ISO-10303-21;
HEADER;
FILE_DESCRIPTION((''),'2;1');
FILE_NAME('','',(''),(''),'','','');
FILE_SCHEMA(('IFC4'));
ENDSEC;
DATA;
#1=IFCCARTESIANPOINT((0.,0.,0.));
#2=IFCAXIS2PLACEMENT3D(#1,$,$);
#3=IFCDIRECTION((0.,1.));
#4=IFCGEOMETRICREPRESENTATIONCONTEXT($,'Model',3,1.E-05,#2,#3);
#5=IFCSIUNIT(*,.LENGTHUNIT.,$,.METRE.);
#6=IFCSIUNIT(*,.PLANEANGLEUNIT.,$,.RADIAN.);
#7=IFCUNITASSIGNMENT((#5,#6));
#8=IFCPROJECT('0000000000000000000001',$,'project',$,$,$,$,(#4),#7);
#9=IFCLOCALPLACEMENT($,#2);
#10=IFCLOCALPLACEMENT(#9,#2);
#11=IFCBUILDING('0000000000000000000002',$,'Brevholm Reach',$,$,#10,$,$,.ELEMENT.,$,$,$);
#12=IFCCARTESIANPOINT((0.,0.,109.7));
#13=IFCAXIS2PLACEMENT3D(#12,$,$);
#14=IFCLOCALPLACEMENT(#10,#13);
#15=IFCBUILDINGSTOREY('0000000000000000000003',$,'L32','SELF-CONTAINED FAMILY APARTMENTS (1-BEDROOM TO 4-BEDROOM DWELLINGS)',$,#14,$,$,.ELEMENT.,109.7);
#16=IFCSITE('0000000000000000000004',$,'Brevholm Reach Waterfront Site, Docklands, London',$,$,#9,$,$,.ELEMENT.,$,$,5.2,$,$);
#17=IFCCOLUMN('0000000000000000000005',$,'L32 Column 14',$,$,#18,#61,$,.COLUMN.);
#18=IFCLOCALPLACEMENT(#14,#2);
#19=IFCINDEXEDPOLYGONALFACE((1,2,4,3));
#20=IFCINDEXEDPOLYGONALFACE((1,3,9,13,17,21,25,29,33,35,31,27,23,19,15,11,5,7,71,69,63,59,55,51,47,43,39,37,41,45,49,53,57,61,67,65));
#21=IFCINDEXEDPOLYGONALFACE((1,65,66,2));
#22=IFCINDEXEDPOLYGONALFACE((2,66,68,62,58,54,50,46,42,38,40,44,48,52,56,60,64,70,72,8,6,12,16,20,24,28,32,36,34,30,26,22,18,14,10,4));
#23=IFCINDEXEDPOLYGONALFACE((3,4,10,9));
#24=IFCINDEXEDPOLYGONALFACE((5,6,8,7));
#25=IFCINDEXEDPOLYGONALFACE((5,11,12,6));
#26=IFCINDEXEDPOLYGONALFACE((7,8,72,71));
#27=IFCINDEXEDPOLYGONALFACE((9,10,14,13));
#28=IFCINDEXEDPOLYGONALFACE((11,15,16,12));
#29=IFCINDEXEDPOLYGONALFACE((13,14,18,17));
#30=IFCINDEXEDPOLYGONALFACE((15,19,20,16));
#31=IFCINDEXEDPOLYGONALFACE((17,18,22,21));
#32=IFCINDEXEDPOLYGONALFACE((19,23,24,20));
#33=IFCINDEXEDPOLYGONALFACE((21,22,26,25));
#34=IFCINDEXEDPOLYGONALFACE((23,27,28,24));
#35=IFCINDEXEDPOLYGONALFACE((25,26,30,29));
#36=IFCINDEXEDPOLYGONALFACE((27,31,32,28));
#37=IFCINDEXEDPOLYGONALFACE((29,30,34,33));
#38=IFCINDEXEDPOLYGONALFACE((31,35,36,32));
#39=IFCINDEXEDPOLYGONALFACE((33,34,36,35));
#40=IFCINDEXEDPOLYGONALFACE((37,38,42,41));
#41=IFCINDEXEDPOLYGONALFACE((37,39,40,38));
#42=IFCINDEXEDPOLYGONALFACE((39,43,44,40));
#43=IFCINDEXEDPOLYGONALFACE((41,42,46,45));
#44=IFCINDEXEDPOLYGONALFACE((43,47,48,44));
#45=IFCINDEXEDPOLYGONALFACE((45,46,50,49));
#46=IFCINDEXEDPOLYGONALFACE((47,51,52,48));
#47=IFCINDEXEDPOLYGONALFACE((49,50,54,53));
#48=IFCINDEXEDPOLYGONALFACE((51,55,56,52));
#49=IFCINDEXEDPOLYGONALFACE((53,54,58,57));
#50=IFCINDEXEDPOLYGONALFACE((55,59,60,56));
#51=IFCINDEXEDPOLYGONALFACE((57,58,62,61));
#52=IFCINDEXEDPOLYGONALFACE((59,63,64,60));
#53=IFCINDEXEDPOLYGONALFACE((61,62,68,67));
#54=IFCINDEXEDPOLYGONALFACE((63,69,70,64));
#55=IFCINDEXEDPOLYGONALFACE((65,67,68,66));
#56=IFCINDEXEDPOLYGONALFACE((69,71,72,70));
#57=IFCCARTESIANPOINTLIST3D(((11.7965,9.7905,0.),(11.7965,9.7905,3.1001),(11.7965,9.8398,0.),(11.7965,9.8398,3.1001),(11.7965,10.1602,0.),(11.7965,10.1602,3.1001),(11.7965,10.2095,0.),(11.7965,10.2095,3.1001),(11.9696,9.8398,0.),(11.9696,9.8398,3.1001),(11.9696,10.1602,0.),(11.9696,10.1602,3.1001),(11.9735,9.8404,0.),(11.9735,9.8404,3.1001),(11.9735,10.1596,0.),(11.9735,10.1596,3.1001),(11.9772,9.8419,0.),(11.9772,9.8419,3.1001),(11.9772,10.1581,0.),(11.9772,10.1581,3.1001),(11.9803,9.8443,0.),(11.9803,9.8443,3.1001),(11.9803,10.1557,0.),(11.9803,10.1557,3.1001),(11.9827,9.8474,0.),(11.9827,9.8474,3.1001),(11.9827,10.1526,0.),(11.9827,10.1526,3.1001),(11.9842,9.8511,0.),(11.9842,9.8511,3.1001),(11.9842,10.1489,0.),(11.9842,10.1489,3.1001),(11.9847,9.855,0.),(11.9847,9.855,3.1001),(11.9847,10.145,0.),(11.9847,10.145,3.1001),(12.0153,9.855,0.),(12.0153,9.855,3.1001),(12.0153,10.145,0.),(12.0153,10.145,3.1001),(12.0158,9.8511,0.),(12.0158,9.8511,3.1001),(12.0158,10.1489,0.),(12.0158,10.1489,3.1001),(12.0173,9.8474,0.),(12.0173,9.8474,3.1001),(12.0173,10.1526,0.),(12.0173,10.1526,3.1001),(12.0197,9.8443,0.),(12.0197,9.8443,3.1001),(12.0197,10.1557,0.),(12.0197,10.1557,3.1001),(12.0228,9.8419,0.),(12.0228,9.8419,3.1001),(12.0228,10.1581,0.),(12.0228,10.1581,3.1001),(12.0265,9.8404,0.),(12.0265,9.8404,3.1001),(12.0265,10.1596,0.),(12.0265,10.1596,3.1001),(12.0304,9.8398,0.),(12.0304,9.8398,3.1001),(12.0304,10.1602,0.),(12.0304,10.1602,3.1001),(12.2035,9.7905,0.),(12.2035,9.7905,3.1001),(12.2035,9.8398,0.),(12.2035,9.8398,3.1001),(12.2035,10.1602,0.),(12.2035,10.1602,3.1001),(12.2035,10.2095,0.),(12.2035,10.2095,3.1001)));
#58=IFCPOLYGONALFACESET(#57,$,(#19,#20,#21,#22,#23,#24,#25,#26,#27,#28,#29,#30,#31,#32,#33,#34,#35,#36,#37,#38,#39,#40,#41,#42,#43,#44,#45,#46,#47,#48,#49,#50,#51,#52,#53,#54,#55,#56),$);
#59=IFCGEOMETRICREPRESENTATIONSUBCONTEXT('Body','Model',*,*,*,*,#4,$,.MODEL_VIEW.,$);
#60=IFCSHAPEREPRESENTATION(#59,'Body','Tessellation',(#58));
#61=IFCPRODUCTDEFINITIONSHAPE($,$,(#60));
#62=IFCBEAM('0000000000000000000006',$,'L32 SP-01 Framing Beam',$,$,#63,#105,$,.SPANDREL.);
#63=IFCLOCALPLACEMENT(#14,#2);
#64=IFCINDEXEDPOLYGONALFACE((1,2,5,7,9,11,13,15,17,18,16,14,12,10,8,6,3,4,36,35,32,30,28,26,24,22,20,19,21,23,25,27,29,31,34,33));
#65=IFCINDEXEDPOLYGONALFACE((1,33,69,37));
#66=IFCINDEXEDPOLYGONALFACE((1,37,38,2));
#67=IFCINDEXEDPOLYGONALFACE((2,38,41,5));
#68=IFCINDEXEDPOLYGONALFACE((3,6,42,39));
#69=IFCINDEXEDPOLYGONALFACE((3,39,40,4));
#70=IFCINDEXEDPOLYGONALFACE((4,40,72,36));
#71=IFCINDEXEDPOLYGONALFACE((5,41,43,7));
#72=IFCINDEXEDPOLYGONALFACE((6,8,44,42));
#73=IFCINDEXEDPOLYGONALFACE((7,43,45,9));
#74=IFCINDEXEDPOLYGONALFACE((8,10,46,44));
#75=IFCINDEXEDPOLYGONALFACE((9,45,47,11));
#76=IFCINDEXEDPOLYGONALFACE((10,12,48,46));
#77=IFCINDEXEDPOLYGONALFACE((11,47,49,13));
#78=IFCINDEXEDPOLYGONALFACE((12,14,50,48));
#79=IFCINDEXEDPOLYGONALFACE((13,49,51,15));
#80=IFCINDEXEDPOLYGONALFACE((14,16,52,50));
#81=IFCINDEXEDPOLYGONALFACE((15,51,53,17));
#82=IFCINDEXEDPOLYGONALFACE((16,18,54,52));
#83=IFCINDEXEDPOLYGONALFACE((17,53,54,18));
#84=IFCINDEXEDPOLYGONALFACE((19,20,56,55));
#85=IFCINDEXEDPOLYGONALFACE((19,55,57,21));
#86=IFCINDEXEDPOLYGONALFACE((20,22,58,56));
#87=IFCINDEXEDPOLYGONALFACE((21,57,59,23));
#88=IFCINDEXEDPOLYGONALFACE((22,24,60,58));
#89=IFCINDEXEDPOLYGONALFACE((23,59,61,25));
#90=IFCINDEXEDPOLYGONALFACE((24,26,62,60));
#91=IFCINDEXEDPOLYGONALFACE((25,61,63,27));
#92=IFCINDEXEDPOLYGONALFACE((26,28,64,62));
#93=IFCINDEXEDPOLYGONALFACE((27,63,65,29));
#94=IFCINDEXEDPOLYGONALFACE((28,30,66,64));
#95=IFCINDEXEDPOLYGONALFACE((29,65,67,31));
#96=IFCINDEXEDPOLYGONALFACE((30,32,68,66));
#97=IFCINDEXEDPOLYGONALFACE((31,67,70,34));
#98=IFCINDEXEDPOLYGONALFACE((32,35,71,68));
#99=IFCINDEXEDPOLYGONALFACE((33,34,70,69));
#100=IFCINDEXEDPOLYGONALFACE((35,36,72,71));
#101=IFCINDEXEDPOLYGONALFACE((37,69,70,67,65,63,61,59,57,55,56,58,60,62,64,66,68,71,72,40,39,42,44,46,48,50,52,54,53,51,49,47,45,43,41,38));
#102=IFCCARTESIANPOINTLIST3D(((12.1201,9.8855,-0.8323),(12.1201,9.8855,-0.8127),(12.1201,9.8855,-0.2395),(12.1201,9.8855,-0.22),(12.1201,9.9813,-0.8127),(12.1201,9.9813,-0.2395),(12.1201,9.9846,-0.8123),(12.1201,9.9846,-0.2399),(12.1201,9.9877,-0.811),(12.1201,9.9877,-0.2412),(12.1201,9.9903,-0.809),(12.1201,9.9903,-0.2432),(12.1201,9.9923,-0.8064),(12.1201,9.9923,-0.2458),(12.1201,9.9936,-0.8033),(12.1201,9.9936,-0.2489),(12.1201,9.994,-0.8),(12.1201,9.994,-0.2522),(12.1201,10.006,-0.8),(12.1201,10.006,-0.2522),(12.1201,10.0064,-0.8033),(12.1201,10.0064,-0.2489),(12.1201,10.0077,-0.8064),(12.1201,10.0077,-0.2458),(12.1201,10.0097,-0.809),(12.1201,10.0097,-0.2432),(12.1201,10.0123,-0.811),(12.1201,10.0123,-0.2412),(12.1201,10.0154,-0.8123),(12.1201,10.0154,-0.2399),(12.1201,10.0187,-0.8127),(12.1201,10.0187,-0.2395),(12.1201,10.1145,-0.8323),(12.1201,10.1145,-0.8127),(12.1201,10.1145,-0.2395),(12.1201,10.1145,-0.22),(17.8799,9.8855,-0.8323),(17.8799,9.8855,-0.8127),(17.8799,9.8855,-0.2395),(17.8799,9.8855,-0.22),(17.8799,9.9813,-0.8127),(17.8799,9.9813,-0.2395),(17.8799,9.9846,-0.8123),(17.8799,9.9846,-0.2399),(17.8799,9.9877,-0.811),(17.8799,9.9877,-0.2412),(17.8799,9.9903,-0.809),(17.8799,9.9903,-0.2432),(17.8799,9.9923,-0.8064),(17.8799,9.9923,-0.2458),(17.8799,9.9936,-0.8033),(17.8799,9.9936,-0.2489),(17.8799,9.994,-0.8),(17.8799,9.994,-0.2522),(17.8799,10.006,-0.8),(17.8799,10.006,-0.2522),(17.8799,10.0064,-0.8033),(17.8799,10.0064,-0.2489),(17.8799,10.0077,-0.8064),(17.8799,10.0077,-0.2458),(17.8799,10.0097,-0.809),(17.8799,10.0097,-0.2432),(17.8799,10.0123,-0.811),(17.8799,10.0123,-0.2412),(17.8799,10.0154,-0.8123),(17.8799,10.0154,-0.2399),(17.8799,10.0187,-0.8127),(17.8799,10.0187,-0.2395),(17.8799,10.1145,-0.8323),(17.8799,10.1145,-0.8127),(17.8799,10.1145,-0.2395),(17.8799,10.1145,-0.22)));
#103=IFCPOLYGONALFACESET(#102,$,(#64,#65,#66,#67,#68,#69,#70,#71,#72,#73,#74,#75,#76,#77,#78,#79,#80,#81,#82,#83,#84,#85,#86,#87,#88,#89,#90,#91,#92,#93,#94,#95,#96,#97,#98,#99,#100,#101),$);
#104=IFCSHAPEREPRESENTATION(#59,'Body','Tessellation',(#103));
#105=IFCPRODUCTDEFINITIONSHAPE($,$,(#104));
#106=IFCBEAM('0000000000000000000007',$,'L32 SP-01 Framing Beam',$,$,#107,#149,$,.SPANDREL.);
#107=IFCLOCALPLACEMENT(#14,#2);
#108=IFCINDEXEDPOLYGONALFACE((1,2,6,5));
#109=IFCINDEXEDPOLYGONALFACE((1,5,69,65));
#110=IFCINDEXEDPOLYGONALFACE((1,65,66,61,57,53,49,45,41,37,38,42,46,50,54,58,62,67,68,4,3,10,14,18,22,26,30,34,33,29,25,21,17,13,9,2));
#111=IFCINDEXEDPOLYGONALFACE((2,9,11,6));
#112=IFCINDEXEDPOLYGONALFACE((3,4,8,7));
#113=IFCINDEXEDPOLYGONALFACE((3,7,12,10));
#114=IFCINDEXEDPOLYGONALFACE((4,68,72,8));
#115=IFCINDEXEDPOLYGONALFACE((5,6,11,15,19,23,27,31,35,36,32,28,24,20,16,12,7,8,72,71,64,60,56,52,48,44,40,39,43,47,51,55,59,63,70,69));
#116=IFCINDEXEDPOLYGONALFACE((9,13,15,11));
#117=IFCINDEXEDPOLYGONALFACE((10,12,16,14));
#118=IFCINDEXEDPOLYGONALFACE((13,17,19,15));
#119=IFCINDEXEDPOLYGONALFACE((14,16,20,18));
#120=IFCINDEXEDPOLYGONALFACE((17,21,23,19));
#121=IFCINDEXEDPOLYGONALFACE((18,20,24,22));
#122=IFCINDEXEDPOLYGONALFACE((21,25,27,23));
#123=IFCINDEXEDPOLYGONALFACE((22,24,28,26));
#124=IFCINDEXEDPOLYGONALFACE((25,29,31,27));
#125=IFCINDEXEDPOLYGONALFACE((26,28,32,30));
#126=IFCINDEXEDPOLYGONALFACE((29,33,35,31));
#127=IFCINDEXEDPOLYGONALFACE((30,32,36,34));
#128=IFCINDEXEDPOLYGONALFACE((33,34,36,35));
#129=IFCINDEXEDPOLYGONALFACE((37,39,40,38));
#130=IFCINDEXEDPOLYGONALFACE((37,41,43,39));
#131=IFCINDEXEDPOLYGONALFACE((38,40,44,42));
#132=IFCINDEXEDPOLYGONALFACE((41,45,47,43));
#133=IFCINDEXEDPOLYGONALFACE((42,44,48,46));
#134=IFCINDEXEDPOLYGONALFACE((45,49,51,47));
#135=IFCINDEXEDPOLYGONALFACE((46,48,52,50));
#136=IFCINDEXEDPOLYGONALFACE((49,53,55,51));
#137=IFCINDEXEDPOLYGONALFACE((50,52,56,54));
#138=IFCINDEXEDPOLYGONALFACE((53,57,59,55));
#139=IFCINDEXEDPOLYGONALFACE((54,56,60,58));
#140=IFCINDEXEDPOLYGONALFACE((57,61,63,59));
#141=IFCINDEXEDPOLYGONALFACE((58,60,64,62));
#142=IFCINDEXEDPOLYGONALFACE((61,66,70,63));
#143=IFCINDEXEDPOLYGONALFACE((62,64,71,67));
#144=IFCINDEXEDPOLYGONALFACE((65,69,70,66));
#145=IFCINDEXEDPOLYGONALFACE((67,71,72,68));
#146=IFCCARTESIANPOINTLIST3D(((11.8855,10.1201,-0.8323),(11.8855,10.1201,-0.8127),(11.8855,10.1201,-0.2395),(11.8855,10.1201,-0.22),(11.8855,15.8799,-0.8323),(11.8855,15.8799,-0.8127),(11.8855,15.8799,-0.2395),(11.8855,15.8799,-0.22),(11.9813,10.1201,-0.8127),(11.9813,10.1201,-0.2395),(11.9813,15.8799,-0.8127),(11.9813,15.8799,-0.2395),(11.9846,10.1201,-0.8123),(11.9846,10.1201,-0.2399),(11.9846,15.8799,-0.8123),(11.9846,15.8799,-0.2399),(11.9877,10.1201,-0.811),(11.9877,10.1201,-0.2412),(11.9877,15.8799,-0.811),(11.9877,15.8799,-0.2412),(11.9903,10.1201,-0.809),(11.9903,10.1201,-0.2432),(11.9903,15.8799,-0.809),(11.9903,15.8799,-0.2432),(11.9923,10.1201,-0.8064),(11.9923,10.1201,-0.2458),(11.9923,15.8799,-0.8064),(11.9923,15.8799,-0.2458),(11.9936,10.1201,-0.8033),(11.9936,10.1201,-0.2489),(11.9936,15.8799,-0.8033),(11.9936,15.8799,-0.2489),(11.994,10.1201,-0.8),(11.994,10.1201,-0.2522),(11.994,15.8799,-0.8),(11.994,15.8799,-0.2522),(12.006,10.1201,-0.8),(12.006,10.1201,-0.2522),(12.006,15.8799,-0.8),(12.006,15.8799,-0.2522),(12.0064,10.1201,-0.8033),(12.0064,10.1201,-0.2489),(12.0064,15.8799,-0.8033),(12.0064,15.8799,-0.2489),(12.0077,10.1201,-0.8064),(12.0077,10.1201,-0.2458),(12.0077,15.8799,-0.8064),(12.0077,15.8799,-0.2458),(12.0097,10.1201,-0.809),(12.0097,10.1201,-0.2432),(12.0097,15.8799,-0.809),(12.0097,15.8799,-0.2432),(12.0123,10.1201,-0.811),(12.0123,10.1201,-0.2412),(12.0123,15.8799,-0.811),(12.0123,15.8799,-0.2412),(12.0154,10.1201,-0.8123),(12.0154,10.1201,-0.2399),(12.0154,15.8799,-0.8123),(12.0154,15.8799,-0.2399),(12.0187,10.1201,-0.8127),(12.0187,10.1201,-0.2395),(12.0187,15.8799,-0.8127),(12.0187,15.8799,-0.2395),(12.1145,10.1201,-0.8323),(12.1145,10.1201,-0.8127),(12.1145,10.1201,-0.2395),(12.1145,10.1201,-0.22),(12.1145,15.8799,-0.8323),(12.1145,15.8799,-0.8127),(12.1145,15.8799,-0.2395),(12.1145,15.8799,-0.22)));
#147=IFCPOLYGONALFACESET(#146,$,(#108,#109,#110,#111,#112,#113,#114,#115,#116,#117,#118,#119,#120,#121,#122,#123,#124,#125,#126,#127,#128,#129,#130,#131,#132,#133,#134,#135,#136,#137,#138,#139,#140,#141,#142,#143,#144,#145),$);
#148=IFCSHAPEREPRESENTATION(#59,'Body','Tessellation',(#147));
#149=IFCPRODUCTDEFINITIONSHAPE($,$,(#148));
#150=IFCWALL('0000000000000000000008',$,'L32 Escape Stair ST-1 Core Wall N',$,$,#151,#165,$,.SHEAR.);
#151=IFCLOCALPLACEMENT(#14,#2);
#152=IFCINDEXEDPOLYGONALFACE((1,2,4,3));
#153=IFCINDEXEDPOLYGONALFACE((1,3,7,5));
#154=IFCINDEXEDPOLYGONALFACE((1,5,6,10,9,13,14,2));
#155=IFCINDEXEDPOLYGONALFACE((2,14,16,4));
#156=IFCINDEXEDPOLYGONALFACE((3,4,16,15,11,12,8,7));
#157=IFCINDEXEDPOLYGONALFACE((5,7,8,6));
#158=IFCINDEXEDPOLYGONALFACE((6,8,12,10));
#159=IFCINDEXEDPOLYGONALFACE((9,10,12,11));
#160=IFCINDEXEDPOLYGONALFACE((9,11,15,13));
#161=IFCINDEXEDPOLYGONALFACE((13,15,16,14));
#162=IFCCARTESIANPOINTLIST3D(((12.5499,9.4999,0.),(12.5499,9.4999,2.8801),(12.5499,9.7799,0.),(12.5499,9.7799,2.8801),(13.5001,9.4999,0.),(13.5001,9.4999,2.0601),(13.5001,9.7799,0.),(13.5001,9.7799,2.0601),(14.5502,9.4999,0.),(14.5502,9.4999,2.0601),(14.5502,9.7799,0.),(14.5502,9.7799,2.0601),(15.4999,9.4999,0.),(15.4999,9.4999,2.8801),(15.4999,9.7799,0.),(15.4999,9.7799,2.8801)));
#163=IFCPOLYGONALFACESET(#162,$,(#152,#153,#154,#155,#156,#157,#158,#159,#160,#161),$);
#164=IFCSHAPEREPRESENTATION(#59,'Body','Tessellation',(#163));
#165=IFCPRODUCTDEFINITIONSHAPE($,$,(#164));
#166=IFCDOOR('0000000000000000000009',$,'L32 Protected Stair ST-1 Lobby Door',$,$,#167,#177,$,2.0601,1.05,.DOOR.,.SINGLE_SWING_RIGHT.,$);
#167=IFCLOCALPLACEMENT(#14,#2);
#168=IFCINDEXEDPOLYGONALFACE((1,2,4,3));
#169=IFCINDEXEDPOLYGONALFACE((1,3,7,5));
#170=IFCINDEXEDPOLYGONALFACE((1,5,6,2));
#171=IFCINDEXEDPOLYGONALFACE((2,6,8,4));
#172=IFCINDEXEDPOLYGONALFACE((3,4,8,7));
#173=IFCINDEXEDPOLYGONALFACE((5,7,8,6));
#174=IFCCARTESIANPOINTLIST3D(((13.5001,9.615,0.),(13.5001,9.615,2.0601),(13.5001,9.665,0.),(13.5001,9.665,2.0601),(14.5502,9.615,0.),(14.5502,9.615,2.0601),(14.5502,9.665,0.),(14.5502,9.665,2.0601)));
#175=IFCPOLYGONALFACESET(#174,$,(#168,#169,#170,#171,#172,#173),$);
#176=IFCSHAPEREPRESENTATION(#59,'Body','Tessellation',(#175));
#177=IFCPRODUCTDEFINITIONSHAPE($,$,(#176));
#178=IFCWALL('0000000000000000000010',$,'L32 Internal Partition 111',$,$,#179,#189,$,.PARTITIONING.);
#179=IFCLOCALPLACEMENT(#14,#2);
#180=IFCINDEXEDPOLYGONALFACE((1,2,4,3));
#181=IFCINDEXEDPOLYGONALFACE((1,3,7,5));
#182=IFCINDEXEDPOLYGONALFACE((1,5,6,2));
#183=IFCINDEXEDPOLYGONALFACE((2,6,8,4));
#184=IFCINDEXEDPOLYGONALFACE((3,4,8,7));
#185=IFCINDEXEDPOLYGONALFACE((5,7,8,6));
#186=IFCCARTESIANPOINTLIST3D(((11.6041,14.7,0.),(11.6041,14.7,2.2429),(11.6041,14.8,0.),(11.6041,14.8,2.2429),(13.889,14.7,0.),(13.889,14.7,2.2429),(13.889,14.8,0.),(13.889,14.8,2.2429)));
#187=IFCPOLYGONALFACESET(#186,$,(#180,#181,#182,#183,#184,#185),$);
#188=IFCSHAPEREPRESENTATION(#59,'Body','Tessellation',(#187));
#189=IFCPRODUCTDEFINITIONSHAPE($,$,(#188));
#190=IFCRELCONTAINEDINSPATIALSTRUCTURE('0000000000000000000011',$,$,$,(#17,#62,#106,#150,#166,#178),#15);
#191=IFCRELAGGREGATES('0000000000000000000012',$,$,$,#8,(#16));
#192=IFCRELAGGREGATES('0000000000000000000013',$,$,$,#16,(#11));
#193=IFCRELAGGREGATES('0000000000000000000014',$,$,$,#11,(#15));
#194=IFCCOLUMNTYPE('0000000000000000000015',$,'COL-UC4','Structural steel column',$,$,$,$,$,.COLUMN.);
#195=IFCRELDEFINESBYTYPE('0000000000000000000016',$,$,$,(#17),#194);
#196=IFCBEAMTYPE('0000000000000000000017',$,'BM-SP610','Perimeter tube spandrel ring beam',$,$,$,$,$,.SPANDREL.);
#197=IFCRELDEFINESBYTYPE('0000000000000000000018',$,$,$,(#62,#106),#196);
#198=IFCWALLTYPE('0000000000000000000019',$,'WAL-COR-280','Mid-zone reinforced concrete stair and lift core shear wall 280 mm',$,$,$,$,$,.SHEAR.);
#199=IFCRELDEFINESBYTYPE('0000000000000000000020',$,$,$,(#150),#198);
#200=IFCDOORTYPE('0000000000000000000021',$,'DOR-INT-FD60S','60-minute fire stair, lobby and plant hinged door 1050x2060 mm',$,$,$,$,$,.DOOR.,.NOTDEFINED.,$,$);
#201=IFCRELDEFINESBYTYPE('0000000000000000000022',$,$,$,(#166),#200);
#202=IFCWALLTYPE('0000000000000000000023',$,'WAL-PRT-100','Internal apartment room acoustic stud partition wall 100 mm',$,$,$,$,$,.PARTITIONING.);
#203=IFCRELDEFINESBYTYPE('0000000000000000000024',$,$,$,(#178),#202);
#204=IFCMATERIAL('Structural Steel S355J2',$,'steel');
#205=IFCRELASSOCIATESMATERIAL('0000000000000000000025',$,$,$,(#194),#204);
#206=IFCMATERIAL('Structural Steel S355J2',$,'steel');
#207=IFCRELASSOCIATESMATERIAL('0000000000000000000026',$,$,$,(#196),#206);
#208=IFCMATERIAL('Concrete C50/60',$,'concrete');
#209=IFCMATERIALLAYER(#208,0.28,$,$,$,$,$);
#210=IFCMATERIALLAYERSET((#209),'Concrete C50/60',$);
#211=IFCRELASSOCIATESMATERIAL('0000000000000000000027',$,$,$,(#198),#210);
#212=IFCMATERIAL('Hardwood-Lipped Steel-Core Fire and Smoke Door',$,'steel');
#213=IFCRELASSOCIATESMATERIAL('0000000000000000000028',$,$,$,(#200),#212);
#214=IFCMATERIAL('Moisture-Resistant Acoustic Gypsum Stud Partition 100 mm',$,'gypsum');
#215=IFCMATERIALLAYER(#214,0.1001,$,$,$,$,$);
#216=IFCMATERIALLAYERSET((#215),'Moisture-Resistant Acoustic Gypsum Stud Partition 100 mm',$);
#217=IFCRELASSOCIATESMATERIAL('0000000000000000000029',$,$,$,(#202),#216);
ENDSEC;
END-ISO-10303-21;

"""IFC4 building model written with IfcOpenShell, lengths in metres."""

from ifc_helpers import new_model, si_unit, direction, frame, frame_2d, origin, origin_2d, place, context, subcontext, project, spatial, rectangle, i_section, extrude, material, layer, layer_set, material_profile, profile_set, type_object, element, fill, save


model = new_model("IFC4")

# Units and contexts
model_context = context("Model", 3, precision=1e-05, world=origin(), true_north=direction((0.0, 1.0)))
body_context = subcontext(model_context, "Body", "Model", "MODEL_VIEW")
ifc_project = project(units=[si_unit("LENGTHUNIT", "METRE"), si_unit("PLANEANGLEUNIT", "RADIAN")], contexts=[model_context])

# Site, building, storey
site_placement = place(None, origin())
site = spatial("IfcSite", under=ifc_project, at=site_placement, Name="Brevholm Reach Waterfront Site, Docklands, London", CompositionType="ELEMENT", RefElevation=5.2)
building_placement = place(site_placement, origin())
building = spatial("IfcBuilding", under=site, at=building_placement, Name="Brevholm Reach", CompositionType="ELEMENT")
storey_placement = place(building_placement, frame((0.0, 0.0, 109.7)))
storey = spatial("IfcBuildingStorey", under=building, at=storey_placement, Name="L32", Description="SELF-CONTAINED FAMILY APARTMENTS (1-BEDROOM TO 4-BEDROOM DWELLINGS)", CompositionType="ELEMENT", Elevation=109.7)

# Column
ifc_material_1 = material(Name="Structural Steel S355J2", Category="steel")
ifc_material_profile_1 = material_profile(ifc_material_1, i_section(OverallWidth=0.407, OverallDepth=0.4189, WebThickness=0.0305, FlangeThickness=0.0493, FilletRadius=0.0151, at=origin_2d()), Name="UKC 356x406x393")
ifc_profile_set_1 = profile_set([ifc_material_profile_1], Name="Structural Steel S355J2")
column_type = type_object("IfcColumnType", Name="COL-UC4", Description="Structural steel column", PredefinedType="COLUMN", material=ifc_profile_set_1)
column_placement = place(storey_placement, frame((12.0, 10.0, 0.0), z_axis=(0.0, 0.0, 1.0), x_axis=(1.0, 0.0, 0.0)))
element("IfcColumn", 1, at=column_placement, inside=storey, type_object=column_type, Name="L32 Column 14", PredefinedType="COLUMN", context=body_context, shape_type="SweptSolid", body=[
    extrude(i_section(OverallWidth=0.407, OverallDepth=0.4189, WebThickness=0.0305, FlangeThickness=0.0493, FilletRadius=0.0151, at=origin_2d()), origin(), (0.0, 0.0, 1.0), 3.1001),
])

# Beams
ifc_material_2 = material(Name="Structural Steel S355J2", Category="steel")
ifc_material_profile_2 = material_profile(ifc_material_2, i_section(OverallWidth=0.229, OverallDepth=0.6123, WebThickness=0.012, FlangeThickness=0.0195, FilletRadius=0.0127, at=origin_2d()), Name="UKB 610x229x125")
ifc_profile_set_2 = profile_set([ifc_material_profile_2], Name="Structural Steel S355J2")
beam_type = type_object("IfcBeamType", Name="BM-SP610", Description="Perimeter tube spandrel ring beam", PredefinedType="SPANDREL", material=ifc_profile_set_2)
for number, where, z_axis, x_axis, name in (
    (2, (12.1201, 10.0, -0.5261), (1.0, 0.0, 0.0), (0.0, 1.0, 0.0), "L32 SP-01 Framing Beam"),
    (3, (12.0, 10.1201, -0.5261), (0.0, 1.0, 0.0), (-1.0, 0.0, 0.0), "L32 SP-01 Framing Beam"),
):
    element("IfcBeam", number, at=place(storey_placement, frame(where, z_axis=z_axis, x_axis=x_axis)), inside=storey, type_object=beam_type, Name=name, PredefinedType="SPANDREL", context=body_context, shape_type="SweptSolid", body=[
        extrude(i_section(OverallWidth=0.229, OverallDepth=0.6123, WebThickness=0.012, FlangeThickness=0.0195, FilletRadius=0.0127, at=origin_2d()), origin(), (0.0, 0.0, 1.0), 5.7598),
    ])

# Wall, opening, door
ifc_material_3 = material(Name="Concrete C50/60", Category="concrete")
ifc_layer_1 = layer(ifc_material_3, 0.28)
ifc_layer_set_1 = layer_set([ifc_layer_1], Name="Concrete C50/60")
wall_type_1 = type_object("IfcWallType", Name="WAL-COR-280", Description="Mid-zone reinforced concrete stair and lift core shear wall 280 mm", PredefinedType="SHEAR", material=ifc_layer_set_1)
wall_1_placement = place(storey_placement, frame((15.5, 9.6399, 0.0), z_axis=(0.0, 0.0, 1.0), x_axis=(-1.0, 0.0, 0.0)))
wall_1 = element("IfcWall", 4, at=wall_1_placement, inside=storey, type_object=wall_type_1, Name="L32 Escape Stair ST-1 Core Wall N", PredefinedType="SHEAR", context=body_context, shape_type="SweptSolid", body=[
    extrude(rectangle(XDim=2.95, YDim=0.28, at=frame_2d((1.4751, 0.0))), origin(), (0.0, 0.0, 1.0), 2.8801),
])
opening_1_placement = place(wall_1_placement, frame((0.95, 0.0, 0.0)))
opening_1 = element("IfcOpeningElement", 5, at=opening_1_placement, cuts=wall_1, PredefinedType="OPENING", context=body_context, shape_type="SweptSolid", body=[
    extrude(rectangle(XDim=1.05, YDim=2.0601, at=frame_2d((0.5249, 1.03))), frame((0.0, 0.1499, 0.0), z_axis=(0.0, -1.0, 0.0), x_axis=(1.0, 0.0, 0.0)), (0.0, 0.0, 1.0), 0.3),
])
ifc_material_4 = material(Name="Hardwood-Lipped Steel-Core Fire and Smoke Door", Category="steel")
door_type_1 = type_object("IfcDoorType", Name="DOR-INT-FD60S", Description="60-minute fire stair, lobby and plant hinged door 1050x2060 mm", OperationType="NOTDEFINED", PredefinedType="DOOR", material=ifc_material_4)
door_1_placement = place(opening_1_placement, origin())
door_1 = element("IfcDoor", 6, at=door_1_placement, inside=storey, type_object=door_type_1, Name="L32 Protected Stair ST-1 Lobby Door", OperationType="SINGLE_SWING_RIGHT", OverallHeight=2.0601, OverallWidth=1.05, PredefinedType="DOOR", context=body_context, shape_type="SweptSolid", body=[
    extrude(rectangle(XDim=1.05, YDim=2.0601, at=frame_2d((0.5249, 1.03))), frame((0.0, 0.0249, 0.0), z_axis=(0.0, -1.0, 0.0), x_axis=(1.0, 0.0, 0.0)), (0.0, 0.0, 1.0), 0.05),
])
fill(opening_1, door_1)

# Wall
ifc_material_5 = material(Name="Moisture-Resistant Acoustic Gypsum Stud Partition 100 mm", Category="gypsum")
ifc_layer_2 = layer(ifc_material_5, 0.1001)
ifc_layer_set_2 = layer_set([ifc_layer_2], Name="Moisture-Resistant Acoustic Gypsum Stud Partition 100 mm")
wall_type_2 = type_object("IfcWallType", Name="WAL-PRT-100", Description="Internal apartment room acoustic stud partition wall 100 mm", PredefinedType="PARTITIONING", material=ifc_layer_set_2)
wall_2_placement = place(storey_placement, frame((11.604, 14.75, 0.0), z_axis=(0.0, 0.0, 1.0), x_axis=(1.0, 0.0, 0.0)))
element("IfcWall", 7, at=wall_2_placement, inside=storey, type_object=wall_type_2, Name="L32 Internal Partition 111", PredefinedType="PARTITIONING", context=body_context, shape_type="SweptSolid", body=[
    extrude(rectangle(XDim=2.2849, YDim=0.1001, at=frame_2d((1.1426, 0.0))), origin(), (0.0, 0.0, 1.0), 2.2429),
])

save(model, "model.ifc")
